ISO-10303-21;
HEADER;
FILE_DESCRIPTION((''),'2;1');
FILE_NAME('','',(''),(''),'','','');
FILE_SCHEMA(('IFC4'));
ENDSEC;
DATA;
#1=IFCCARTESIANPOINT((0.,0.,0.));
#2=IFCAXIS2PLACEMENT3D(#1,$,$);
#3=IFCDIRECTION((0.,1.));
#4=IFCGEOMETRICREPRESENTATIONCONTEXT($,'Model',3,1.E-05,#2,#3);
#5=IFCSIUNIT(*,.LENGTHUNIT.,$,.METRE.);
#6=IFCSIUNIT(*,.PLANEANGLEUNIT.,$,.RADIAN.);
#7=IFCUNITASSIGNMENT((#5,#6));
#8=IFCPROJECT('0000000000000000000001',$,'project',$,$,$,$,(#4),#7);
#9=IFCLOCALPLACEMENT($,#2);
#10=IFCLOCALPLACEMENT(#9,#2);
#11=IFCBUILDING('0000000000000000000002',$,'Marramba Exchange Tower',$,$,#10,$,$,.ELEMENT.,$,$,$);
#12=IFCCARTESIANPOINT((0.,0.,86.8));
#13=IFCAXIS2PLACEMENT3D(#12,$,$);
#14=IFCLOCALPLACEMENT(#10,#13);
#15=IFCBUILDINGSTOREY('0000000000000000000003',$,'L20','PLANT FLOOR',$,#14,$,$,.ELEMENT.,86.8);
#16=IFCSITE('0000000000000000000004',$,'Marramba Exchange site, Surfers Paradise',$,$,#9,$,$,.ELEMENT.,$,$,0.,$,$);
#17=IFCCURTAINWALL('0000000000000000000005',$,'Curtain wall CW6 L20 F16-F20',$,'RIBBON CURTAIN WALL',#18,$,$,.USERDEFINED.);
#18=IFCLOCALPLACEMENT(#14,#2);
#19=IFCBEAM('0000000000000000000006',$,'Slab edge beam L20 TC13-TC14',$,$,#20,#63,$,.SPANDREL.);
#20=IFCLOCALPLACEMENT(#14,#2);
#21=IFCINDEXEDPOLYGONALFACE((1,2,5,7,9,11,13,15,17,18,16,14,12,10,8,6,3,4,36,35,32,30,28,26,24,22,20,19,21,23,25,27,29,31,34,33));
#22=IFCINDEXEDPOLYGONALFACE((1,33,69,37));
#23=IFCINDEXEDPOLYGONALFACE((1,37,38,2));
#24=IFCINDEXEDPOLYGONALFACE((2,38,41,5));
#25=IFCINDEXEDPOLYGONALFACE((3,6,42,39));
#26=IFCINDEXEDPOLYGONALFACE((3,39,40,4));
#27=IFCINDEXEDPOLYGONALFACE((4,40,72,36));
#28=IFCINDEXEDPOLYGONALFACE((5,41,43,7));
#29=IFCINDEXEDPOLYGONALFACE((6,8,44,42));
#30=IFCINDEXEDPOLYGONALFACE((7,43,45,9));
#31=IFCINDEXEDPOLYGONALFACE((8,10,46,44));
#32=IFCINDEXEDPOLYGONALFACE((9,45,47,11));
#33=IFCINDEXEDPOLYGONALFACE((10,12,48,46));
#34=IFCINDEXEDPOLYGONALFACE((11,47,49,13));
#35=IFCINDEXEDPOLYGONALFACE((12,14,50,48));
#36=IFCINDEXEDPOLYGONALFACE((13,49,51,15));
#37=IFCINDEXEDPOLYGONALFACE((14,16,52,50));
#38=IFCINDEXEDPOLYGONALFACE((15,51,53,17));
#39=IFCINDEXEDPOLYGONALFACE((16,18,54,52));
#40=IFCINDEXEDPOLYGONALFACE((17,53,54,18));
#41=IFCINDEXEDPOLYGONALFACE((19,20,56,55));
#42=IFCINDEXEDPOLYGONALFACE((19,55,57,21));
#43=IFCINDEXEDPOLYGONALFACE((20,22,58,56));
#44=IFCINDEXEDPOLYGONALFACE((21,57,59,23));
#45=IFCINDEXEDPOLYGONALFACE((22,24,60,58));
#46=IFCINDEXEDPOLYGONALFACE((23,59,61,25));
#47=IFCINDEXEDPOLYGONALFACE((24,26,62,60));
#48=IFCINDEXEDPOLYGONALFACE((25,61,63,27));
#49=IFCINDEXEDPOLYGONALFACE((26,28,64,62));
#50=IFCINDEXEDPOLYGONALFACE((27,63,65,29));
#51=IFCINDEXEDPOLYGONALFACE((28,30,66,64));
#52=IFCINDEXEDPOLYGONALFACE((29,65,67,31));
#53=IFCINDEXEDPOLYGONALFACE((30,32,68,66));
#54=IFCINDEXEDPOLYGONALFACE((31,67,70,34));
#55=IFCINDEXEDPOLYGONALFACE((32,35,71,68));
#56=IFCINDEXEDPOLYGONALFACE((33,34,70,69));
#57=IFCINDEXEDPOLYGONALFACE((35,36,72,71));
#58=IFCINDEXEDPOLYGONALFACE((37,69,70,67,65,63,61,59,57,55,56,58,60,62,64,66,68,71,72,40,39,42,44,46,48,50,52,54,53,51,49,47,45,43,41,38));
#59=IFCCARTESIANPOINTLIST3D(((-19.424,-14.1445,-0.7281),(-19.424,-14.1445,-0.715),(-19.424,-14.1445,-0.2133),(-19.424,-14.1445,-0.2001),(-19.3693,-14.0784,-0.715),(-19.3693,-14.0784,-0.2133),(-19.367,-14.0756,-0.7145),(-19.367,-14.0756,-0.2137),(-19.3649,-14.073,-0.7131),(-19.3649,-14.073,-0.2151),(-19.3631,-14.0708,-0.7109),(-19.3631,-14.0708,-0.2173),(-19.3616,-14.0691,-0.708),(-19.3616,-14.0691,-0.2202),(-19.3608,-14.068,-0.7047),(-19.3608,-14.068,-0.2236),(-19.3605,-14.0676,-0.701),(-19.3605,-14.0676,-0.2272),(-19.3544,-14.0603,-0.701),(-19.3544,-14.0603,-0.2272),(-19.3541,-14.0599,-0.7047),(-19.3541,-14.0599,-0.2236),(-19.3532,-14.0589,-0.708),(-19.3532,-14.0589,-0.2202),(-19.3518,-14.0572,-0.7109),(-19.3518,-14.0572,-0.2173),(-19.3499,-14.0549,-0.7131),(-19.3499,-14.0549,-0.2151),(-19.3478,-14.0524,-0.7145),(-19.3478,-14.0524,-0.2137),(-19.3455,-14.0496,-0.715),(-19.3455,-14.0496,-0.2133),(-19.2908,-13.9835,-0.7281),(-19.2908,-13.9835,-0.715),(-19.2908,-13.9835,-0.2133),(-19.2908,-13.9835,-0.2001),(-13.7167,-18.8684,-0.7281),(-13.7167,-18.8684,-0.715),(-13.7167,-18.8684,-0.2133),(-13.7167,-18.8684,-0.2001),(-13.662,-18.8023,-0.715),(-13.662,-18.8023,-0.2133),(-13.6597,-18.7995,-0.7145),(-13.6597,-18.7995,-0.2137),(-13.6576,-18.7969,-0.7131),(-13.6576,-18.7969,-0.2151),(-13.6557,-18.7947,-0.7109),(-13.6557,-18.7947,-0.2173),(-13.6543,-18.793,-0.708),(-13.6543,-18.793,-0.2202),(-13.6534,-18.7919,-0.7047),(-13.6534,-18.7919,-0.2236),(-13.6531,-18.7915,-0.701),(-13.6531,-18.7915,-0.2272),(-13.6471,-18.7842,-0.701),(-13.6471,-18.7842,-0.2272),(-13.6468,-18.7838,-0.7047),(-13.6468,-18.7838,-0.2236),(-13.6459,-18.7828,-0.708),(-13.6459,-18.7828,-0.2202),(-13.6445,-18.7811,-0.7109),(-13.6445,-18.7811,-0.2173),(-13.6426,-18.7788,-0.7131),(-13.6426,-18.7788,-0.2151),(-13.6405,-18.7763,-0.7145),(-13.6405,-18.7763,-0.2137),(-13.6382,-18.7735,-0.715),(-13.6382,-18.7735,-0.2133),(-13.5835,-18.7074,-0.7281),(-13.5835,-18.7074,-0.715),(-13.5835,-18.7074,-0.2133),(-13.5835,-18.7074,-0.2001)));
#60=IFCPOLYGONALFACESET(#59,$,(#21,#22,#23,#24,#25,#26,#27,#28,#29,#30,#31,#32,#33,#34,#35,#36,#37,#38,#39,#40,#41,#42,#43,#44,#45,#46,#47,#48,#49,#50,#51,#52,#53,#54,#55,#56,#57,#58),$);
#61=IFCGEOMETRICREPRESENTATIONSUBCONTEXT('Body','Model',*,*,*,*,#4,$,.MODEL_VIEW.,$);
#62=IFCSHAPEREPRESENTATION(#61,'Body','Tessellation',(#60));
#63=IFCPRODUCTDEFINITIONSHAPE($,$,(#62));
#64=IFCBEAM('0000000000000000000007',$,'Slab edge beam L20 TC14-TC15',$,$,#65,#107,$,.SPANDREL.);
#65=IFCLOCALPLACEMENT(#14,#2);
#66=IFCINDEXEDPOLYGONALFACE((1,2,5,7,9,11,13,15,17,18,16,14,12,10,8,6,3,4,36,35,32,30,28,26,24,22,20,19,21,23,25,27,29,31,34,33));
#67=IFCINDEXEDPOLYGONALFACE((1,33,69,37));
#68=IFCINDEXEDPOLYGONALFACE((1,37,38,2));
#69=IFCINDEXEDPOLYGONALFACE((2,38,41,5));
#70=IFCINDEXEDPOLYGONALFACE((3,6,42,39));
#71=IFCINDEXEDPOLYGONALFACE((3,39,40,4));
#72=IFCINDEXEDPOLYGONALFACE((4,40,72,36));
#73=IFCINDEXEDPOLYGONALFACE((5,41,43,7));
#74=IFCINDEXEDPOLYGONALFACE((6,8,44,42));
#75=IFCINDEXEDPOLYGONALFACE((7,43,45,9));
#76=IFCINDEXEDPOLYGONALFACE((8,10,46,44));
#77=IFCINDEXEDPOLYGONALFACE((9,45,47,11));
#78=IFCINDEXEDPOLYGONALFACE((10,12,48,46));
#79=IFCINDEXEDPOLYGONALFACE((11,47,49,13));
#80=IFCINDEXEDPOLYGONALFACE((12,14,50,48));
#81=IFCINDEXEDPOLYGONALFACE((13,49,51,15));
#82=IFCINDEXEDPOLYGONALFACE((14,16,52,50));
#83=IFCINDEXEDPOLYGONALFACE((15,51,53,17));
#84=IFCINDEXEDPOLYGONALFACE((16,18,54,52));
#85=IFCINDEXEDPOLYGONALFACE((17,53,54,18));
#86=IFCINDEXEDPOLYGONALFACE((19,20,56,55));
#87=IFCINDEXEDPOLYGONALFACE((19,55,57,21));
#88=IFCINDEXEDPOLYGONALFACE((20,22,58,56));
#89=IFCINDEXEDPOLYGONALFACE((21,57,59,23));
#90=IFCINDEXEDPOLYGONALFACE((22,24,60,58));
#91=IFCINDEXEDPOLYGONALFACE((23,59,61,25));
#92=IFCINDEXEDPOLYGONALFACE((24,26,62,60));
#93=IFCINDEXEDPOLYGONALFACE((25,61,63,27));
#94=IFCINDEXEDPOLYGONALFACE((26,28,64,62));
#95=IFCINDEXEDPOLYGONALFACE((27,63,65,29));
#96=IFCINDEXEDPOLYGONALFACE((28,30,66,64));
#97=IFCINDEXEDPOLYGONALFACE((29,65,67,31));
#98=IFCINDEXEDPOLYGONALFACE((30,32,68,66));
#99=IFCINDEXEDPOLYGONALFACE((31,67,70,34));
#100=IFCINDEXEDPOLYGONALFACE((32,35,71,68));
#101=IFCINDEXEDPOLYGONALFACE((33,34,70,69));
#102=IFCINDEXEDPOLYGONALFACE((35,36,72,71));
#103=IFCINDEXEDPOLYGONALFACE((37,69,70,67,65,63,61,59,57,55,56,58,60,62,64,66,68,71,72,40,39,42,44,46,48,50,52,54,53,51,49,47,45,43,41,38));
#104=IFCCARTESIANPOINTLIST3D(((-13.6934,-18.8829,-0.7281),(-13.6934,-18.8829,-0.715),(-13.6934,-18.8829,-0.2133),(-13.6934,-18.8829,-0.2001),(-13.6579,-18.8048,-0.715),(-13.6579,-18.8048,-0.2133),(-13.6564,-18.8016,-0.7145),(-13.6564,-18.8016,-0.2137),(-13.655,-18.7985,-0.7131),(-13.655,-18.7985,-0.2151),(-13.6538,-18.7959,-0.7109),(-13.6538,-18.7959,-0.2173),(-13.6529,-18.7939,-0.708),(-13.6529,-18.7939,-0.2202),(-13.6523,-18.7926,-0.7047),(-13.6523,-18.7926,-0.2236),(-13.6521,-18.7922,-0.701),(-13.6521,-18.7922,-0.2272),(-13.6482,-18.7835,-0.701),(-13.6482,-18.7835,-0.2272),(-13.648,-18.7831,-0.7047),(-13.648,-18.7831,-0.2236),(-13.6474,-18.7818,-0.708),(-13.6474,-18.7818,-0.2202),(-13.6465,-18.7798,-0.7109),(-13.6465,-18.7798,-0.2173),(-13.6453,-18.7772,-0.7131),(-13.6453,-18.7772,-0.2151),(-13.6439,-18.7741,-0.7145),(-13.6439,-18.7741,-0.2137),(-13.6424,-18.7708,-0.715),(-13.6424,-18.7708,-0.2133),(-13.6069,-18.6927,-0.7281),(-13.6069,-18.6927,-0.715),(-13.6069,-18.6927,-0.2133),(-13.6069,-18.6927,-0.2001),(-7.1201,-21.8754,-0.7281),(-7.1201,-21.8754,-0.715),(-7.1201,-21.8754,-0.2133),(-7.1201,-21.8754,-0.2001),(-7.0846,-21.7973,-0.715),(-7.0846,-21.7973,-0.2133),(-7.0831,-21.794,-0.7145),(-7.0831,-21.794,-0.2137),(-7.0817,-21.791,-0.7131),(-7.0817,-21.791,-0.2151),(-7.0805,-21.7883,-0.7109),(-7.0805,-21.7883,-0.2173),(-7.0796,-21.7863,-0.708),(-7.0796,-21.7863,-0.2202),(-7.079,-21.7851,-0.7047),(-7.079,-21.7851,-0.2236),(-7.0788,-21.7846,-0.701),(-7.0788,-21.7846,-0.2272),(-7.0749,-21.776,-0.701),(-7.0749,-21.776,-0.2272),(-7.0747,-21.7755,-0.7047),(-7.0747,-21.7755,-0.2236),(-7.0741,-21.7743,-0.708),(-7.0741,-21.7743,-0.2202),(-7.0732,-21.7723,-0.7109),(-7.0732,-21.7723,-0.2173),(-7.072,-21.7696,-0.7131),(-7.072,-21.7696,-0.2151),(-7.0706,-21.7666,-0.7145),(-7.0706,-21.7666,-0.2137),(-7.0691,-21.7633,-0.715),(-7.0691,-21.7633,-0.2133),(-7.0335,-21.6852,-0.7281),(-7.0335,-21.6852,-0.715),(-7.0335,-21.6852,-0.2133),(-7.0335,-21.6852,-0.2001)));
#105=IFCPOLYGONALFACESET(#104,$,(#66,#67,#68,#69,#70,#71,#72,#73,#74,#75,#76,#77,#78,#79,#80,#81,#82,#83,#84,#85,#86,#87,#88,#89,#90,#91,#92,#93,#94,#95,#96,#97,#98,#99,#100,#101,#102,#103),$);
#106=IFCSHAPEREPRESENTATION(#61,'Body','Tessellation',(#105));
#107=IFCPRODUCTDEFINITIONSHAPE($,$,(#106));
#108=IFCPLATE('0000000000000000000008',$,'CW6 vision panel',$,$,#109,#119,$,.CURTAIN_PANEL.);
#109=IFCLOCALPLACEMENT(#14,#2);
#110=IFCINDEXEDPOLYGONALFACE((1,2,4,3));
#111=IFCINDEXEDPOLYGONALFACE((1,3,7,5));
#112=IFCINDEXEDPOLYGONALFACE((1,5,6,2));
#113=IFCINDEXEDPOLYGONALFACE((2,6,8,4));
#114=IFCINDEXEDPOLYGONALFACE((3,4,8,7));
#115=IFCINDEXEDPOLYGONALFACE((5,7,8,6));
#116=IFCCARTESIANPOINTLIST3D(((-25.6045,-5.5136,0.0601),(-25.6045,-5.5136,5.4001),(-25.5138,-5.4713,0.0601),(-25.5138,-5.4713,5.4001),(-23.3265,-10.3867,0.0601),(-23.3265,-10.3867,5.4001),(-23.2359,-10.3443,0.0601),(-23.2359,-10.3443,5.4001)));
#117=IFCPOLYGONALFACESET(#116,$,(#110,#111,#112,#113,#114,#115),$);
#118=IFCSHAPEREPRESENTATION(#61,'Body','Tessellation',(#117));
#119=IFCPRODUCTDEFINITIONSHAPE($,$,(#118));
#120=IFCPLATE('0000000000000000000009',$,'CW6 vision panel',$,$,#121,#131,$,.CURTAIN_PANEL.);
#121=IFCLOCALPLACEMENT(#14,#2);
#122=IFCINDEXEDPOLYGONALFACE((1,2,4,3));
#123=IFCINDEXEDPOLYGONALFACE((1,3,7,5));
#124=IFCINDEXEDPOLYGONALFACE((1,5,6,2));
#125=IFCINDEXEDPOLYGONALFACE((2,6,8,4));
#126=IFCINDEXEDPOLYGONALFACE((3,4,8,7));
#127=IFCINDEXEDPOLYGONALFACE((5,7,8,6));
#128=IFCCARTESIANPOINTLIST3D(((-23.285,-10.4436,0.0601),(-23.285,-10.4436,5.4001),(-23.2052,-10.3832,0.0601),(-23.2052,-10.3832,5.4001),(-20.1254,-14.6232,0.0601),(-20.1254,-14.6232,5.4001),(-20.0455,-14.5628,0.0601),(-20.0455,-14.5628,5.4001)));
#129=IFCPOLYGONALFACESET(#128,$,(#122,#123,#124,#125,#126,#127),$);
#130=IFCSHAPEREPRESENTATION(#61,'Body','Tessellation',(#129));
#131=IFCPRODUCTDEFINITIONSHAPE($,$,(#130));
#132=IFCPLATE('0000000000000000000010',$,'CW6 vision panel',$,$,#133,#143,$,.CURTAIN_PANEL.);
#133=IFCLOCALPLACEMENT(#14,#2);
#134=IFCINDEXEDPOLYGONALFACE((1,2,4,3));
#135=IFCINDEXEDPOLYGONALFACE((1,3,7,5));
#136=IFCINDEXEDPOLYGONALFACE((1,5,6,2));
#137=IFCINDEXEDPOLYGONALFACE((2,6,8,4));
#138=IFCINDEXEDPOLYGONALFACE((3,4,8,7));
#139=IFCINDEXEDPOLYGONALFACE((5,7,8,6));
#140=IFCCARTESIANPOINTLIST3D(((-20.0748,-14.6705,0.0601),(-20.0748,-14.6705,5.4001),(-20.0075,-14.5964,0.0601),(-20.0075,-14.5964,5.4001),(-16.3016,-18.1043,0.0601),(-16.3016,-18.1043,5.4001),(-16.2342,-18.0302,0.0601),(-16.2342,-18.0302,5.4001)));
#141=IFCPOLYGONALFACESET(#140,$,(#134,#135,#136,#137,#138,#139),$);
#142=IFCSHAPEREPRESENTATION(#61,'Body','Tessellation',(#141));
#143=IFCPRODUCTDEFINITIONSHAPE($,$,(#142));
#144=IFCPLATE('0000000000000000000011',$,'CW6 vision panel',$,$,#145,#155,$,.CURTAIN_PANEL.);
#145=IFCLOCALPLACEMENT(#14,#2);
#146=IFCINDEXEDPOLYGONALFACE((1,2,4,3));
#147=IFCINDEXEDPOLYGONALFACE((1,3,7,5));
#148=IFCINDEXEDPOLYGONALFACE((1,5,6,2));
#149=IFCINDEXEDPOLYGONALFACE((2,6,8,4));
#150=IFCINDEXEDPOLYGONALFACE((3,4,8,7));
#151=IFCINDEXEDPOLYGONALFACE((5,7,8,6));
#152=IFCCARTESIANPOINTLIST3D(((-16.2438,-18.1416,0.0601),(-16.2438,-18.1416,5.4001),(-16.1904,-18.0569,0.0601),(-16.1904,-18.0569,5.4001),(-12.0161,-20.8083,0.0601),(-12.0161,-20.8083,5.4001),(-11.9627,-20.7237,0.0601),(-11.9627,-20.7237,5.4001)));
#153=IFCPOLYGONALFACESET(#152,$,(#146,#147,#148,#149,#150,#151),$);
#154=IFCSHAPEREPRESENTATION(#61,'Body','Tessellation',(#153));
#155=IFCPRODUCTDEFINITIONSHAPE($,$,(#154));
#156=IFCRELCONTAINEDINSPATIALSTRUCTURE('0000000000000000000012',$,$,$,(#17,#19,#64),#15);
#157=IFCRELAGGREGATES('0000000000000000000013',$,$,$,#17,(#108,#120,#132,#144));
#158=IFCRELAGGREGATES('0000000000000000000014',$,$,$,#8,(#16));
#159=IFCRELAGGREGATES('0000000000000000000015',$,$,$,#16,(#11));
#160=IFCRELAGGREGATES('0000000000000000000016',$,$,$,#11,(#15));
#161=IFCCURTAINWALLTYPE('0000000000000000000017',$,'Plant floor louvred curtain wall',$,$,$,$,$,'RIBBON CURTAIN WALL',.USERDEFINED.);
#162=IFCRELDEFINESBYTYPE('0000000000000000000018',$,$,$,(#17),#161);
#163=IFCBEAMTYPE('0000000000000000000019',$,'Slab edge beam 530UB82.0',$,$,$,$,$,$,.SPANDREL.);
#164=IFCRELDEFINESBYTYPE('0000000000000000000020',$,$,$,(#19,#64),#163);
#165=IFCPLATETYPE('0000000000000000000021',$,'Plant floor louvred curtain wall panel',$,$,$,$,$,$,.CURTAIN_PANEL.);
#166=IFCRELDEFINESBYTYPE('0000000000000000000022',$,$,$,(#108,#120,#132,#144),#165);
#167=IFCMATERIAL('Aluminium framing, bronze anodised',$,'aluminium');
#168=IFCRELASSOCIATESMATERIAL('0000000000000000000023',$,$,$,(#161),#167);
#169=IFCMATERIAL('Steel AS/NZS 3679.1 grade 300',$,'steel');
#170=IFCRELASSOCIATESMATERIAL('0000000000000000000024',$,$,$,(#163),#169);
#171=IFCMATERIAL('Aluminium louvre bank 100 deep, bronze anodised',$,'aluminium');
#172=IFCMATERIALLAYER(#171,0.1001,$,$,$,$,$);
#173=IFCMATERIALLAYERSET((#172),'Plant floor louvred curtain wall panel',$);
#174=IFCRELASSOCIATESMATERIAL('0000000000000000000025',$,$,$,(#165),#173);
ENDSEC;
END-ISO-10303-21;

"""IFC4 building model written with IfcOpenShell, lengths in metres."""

from ifc_helpers import new_model, si_unit, direction, frame, origin, origin_2d, place, context, subcontext, project, spatial, rectangle, i_section, extrude, material, layer, layer_set, material_profile, profile_set, type_object, element, aggregate, save


model = new_model("IFC4")

# Units and contexts
model_context = context("Model", 3, precision=1e-05, world=origin(), true_north=direction((0.0, 1.0)))
body_context = subcontext(model_context, "Body", "Model", "MODEL_VIEW")
ifc_project = project(units=[si_unit("LENGTHUNIT", "METRE"), si_unit("PLANEANGLEUNIT", "RADIAN")], contexts=[model_context])

# Site, building, storey
site_placement = place(None, origin())
site = spatial("IfcSite", under=ifc_project, at=site_placement, Name="Marramba Exchange site, Surfers Paradise", CompositionType="ELEMENT", RefElevation=0.0)
building_placement = place(site_placement, origin())
building = spatial("IfcBuilding", under=site, at=building_placement, Name="Marramba Exchange Tower", CompositionType="ELEMENT")
storey_placement = place(building_placement, frame((0.0, 0.0, 86.8)))
storey = spatial("IfcBuildingStorey", under=building, at=storey_placement, Name="L20", Description="PLANT FLOOR", CompositionType="ELEMENT", Elevation=86.8)

# Curtain wall
ifc_material_1 = material(Name="Aluminium framing, bronze anodised", Category="aluminium")
curtain_wall_type = type_object("IfcCurtainWallType", Name="Plant floor louvred curtain wall", ElementType="RIBBON CURTAIN WALL", PredefinedType="USERDEFINED", material=ifc_material_1)
curtain_wall_placement = place(storey_placement, origin())
curtain_wall = element("IfcCurtainWall", 1, at=curtain_wall_placement, inside=storey, type_object=curtain_wall_type, Name="Curtain wall CW6 L20 F16-F20", ObjectType="RIBBON CURTAIN WALL", PredefinedType="USERDEFINED")

# Beams
ifc_material_2 = material(Name="Steel AS/NZS 3679.1 grade 300", Category="steel")
ifc_material_profile_1 = material_profile(ifc_material_2, i_section(OverallWidth=0.209, OverallDepth=0.5281, WebThickness=0.0095, FlangeThickness=0.0132, FilletRadius=0.0139, at=origin_2d()), Name="530UB82.0")
ifc_profile_set_1 = profile_set([ifc_material_profile_1], Name="Steel AS/NZS 3679.1 grade 300")
beam_type_1 = type_object("IfcBeamType", Name="Slab edge beam 530UB82.0", PredefinedType="SPANDREL", material=ifc_profile_set_1)
beam_1_placement = place(storey_placement, frame((-19.3574, -14.064, -0.4641), z_axis=(0.770354, -0.637617, 0.0), x_axis=(0.637617, 0.770354, 0.0)))
element("IfcBeam", 2, at=beam_1_placement, inside=storey, type_object=beam_type_1, Name="Slab edge beam L20 TC13-TC14", PredefinedType="SPANDREL", context=body_context, shape_type="SweptSolid", body=[
    extrude(i_section(OverallWidth=0.209, OverallDepth=0.5281, WebThickness=0.0095, FlangeThickness=0.0132, FilletRadius=0.0139, at=origin_2d()), origin(), (0.0, 0.0, 1.0), 7.4087),
])
beam_2_placement = place(storey_placement, frame((-13.6501, -18.7878, -0.4641), z_axis=(0.910127, -0.41433, 0.0), x_axis=(0.41433, 0.910127, 0.0)))
element("IfcBeam", 3, at=beam_2_placement, inside=storey, type_object=beam_type_1, Name="Slab edge beam L20 TC14-TC15", PredefinedType="SPANDREL", context=body_context, shape_type="SweptSolid", body=[
    extrude(i_section(OverallWidth=0.209, OverallDepth=0.5281, WebThickness=0.0095, FlangeThickness=0.0132, FilletRadius=0.0139, at=origin_2d()), origin(), (0.0, 0.0, 1.0), 7.2224),
])

# Plates
ifc_material_3 = material(Name="Aluminium louvre bank 100 deep, bronze anodised", Category="aluminium")
ifc_layer_1 = layer(ifc_material_3, 0.1001)
ifc_layer_set_1 = layer_set([ifc_layer_1], Name="Plant floor louvred curtain wall panel")
plate_type = type_object("IfcPlateType", Name="Plant floor louvred curtain wall panel", PredefinedType="CURTAIN_PANEL", material=ifc_layer_set_1)
plate_1_placement = place(storey_placement, frame((-24.4202, -7.929, 0.0601), z_axis=(0.0, 0.0, 1.0), x_axis=(0.423477, -0.905907, 0.0)))
plate_1 = element("IfcPlate", 4, at=plate_1_placement, type_object=plate_type, Name="CW6 vision panel", PredefinedType="CURTAIN_PANEL", context=body_context, shape_type="SweptSolid", body=[
    extrude(rectangle(XDim=5.3792, YDim=0.1001, at=origin_2d()), origin(), (0.0, 0.0, 1.0), 5.3401),
])
plate_2_placement = place(storey_placement, frame((-21.6653, -12.5032, 0.0601), z_axis=(0.0, 0.0, 1.0), x_axis=(0.60304, -0.797711, 0.0)))
plate_2 = element("IfcPlate", 5, at=plate_2_placement, type_object=plate_type, Name="CW6 vision panel", PredefinedType="CURTAIN_PANEL", context=body_context, shape_type="SweptSolid", body=[
    extrude(rectangle(XDim=5.2395, YDim=0.1001, at=origin_2d()), origin(), (0.0, 0.0, 1.0), 5.3401),
])
plate_3_placement = place(storey_placement, frame((-18.1545, -16.3503, 0.0601), z_axis=(0.0, 0.0, 1.0), x_axis=(0.73959, -0.673058, 0.0)))
plate_3 = element("IfcPlate", 6, at=plate_3_placement, type_object=plate_type, Name="CW6 vision panel", PredefinedType="CURTAIN_PANEL", context=body_context, shape_type="SweptSolid", body=[
    extrude(rectangle(XDim=5.1018, YDim=0.1001, at=origin_2d()), origin(), (0.0, 0.0, 1.0), 5.3401),
])
plate_4_placement = place(storey_placement, frame((-14.1033, -19.4326, 0.0601), z_axis=(0.0, 0.0, 1.0), x_axis=(0.845791, -0.533515, 0.0)))
plate_4 = element("IfcPlate", 7, at=plate_4_placement, type_object=plate_type, Name="CW6 vision panel", PredefinedType="CURTAIN_PANEL", context=body_context, shape_type="SweptSolid", body=[
    extrude(rectangle(XDim=4.9985, YDim=0.1001, at=origin_2d()), origin(), (0.0, 0.0, 1.0), 5.3401),
])
aggregate(curtain_wall, [plate_1, plate_2, plate_3, plate_4])

save(model, "model.ifc")
